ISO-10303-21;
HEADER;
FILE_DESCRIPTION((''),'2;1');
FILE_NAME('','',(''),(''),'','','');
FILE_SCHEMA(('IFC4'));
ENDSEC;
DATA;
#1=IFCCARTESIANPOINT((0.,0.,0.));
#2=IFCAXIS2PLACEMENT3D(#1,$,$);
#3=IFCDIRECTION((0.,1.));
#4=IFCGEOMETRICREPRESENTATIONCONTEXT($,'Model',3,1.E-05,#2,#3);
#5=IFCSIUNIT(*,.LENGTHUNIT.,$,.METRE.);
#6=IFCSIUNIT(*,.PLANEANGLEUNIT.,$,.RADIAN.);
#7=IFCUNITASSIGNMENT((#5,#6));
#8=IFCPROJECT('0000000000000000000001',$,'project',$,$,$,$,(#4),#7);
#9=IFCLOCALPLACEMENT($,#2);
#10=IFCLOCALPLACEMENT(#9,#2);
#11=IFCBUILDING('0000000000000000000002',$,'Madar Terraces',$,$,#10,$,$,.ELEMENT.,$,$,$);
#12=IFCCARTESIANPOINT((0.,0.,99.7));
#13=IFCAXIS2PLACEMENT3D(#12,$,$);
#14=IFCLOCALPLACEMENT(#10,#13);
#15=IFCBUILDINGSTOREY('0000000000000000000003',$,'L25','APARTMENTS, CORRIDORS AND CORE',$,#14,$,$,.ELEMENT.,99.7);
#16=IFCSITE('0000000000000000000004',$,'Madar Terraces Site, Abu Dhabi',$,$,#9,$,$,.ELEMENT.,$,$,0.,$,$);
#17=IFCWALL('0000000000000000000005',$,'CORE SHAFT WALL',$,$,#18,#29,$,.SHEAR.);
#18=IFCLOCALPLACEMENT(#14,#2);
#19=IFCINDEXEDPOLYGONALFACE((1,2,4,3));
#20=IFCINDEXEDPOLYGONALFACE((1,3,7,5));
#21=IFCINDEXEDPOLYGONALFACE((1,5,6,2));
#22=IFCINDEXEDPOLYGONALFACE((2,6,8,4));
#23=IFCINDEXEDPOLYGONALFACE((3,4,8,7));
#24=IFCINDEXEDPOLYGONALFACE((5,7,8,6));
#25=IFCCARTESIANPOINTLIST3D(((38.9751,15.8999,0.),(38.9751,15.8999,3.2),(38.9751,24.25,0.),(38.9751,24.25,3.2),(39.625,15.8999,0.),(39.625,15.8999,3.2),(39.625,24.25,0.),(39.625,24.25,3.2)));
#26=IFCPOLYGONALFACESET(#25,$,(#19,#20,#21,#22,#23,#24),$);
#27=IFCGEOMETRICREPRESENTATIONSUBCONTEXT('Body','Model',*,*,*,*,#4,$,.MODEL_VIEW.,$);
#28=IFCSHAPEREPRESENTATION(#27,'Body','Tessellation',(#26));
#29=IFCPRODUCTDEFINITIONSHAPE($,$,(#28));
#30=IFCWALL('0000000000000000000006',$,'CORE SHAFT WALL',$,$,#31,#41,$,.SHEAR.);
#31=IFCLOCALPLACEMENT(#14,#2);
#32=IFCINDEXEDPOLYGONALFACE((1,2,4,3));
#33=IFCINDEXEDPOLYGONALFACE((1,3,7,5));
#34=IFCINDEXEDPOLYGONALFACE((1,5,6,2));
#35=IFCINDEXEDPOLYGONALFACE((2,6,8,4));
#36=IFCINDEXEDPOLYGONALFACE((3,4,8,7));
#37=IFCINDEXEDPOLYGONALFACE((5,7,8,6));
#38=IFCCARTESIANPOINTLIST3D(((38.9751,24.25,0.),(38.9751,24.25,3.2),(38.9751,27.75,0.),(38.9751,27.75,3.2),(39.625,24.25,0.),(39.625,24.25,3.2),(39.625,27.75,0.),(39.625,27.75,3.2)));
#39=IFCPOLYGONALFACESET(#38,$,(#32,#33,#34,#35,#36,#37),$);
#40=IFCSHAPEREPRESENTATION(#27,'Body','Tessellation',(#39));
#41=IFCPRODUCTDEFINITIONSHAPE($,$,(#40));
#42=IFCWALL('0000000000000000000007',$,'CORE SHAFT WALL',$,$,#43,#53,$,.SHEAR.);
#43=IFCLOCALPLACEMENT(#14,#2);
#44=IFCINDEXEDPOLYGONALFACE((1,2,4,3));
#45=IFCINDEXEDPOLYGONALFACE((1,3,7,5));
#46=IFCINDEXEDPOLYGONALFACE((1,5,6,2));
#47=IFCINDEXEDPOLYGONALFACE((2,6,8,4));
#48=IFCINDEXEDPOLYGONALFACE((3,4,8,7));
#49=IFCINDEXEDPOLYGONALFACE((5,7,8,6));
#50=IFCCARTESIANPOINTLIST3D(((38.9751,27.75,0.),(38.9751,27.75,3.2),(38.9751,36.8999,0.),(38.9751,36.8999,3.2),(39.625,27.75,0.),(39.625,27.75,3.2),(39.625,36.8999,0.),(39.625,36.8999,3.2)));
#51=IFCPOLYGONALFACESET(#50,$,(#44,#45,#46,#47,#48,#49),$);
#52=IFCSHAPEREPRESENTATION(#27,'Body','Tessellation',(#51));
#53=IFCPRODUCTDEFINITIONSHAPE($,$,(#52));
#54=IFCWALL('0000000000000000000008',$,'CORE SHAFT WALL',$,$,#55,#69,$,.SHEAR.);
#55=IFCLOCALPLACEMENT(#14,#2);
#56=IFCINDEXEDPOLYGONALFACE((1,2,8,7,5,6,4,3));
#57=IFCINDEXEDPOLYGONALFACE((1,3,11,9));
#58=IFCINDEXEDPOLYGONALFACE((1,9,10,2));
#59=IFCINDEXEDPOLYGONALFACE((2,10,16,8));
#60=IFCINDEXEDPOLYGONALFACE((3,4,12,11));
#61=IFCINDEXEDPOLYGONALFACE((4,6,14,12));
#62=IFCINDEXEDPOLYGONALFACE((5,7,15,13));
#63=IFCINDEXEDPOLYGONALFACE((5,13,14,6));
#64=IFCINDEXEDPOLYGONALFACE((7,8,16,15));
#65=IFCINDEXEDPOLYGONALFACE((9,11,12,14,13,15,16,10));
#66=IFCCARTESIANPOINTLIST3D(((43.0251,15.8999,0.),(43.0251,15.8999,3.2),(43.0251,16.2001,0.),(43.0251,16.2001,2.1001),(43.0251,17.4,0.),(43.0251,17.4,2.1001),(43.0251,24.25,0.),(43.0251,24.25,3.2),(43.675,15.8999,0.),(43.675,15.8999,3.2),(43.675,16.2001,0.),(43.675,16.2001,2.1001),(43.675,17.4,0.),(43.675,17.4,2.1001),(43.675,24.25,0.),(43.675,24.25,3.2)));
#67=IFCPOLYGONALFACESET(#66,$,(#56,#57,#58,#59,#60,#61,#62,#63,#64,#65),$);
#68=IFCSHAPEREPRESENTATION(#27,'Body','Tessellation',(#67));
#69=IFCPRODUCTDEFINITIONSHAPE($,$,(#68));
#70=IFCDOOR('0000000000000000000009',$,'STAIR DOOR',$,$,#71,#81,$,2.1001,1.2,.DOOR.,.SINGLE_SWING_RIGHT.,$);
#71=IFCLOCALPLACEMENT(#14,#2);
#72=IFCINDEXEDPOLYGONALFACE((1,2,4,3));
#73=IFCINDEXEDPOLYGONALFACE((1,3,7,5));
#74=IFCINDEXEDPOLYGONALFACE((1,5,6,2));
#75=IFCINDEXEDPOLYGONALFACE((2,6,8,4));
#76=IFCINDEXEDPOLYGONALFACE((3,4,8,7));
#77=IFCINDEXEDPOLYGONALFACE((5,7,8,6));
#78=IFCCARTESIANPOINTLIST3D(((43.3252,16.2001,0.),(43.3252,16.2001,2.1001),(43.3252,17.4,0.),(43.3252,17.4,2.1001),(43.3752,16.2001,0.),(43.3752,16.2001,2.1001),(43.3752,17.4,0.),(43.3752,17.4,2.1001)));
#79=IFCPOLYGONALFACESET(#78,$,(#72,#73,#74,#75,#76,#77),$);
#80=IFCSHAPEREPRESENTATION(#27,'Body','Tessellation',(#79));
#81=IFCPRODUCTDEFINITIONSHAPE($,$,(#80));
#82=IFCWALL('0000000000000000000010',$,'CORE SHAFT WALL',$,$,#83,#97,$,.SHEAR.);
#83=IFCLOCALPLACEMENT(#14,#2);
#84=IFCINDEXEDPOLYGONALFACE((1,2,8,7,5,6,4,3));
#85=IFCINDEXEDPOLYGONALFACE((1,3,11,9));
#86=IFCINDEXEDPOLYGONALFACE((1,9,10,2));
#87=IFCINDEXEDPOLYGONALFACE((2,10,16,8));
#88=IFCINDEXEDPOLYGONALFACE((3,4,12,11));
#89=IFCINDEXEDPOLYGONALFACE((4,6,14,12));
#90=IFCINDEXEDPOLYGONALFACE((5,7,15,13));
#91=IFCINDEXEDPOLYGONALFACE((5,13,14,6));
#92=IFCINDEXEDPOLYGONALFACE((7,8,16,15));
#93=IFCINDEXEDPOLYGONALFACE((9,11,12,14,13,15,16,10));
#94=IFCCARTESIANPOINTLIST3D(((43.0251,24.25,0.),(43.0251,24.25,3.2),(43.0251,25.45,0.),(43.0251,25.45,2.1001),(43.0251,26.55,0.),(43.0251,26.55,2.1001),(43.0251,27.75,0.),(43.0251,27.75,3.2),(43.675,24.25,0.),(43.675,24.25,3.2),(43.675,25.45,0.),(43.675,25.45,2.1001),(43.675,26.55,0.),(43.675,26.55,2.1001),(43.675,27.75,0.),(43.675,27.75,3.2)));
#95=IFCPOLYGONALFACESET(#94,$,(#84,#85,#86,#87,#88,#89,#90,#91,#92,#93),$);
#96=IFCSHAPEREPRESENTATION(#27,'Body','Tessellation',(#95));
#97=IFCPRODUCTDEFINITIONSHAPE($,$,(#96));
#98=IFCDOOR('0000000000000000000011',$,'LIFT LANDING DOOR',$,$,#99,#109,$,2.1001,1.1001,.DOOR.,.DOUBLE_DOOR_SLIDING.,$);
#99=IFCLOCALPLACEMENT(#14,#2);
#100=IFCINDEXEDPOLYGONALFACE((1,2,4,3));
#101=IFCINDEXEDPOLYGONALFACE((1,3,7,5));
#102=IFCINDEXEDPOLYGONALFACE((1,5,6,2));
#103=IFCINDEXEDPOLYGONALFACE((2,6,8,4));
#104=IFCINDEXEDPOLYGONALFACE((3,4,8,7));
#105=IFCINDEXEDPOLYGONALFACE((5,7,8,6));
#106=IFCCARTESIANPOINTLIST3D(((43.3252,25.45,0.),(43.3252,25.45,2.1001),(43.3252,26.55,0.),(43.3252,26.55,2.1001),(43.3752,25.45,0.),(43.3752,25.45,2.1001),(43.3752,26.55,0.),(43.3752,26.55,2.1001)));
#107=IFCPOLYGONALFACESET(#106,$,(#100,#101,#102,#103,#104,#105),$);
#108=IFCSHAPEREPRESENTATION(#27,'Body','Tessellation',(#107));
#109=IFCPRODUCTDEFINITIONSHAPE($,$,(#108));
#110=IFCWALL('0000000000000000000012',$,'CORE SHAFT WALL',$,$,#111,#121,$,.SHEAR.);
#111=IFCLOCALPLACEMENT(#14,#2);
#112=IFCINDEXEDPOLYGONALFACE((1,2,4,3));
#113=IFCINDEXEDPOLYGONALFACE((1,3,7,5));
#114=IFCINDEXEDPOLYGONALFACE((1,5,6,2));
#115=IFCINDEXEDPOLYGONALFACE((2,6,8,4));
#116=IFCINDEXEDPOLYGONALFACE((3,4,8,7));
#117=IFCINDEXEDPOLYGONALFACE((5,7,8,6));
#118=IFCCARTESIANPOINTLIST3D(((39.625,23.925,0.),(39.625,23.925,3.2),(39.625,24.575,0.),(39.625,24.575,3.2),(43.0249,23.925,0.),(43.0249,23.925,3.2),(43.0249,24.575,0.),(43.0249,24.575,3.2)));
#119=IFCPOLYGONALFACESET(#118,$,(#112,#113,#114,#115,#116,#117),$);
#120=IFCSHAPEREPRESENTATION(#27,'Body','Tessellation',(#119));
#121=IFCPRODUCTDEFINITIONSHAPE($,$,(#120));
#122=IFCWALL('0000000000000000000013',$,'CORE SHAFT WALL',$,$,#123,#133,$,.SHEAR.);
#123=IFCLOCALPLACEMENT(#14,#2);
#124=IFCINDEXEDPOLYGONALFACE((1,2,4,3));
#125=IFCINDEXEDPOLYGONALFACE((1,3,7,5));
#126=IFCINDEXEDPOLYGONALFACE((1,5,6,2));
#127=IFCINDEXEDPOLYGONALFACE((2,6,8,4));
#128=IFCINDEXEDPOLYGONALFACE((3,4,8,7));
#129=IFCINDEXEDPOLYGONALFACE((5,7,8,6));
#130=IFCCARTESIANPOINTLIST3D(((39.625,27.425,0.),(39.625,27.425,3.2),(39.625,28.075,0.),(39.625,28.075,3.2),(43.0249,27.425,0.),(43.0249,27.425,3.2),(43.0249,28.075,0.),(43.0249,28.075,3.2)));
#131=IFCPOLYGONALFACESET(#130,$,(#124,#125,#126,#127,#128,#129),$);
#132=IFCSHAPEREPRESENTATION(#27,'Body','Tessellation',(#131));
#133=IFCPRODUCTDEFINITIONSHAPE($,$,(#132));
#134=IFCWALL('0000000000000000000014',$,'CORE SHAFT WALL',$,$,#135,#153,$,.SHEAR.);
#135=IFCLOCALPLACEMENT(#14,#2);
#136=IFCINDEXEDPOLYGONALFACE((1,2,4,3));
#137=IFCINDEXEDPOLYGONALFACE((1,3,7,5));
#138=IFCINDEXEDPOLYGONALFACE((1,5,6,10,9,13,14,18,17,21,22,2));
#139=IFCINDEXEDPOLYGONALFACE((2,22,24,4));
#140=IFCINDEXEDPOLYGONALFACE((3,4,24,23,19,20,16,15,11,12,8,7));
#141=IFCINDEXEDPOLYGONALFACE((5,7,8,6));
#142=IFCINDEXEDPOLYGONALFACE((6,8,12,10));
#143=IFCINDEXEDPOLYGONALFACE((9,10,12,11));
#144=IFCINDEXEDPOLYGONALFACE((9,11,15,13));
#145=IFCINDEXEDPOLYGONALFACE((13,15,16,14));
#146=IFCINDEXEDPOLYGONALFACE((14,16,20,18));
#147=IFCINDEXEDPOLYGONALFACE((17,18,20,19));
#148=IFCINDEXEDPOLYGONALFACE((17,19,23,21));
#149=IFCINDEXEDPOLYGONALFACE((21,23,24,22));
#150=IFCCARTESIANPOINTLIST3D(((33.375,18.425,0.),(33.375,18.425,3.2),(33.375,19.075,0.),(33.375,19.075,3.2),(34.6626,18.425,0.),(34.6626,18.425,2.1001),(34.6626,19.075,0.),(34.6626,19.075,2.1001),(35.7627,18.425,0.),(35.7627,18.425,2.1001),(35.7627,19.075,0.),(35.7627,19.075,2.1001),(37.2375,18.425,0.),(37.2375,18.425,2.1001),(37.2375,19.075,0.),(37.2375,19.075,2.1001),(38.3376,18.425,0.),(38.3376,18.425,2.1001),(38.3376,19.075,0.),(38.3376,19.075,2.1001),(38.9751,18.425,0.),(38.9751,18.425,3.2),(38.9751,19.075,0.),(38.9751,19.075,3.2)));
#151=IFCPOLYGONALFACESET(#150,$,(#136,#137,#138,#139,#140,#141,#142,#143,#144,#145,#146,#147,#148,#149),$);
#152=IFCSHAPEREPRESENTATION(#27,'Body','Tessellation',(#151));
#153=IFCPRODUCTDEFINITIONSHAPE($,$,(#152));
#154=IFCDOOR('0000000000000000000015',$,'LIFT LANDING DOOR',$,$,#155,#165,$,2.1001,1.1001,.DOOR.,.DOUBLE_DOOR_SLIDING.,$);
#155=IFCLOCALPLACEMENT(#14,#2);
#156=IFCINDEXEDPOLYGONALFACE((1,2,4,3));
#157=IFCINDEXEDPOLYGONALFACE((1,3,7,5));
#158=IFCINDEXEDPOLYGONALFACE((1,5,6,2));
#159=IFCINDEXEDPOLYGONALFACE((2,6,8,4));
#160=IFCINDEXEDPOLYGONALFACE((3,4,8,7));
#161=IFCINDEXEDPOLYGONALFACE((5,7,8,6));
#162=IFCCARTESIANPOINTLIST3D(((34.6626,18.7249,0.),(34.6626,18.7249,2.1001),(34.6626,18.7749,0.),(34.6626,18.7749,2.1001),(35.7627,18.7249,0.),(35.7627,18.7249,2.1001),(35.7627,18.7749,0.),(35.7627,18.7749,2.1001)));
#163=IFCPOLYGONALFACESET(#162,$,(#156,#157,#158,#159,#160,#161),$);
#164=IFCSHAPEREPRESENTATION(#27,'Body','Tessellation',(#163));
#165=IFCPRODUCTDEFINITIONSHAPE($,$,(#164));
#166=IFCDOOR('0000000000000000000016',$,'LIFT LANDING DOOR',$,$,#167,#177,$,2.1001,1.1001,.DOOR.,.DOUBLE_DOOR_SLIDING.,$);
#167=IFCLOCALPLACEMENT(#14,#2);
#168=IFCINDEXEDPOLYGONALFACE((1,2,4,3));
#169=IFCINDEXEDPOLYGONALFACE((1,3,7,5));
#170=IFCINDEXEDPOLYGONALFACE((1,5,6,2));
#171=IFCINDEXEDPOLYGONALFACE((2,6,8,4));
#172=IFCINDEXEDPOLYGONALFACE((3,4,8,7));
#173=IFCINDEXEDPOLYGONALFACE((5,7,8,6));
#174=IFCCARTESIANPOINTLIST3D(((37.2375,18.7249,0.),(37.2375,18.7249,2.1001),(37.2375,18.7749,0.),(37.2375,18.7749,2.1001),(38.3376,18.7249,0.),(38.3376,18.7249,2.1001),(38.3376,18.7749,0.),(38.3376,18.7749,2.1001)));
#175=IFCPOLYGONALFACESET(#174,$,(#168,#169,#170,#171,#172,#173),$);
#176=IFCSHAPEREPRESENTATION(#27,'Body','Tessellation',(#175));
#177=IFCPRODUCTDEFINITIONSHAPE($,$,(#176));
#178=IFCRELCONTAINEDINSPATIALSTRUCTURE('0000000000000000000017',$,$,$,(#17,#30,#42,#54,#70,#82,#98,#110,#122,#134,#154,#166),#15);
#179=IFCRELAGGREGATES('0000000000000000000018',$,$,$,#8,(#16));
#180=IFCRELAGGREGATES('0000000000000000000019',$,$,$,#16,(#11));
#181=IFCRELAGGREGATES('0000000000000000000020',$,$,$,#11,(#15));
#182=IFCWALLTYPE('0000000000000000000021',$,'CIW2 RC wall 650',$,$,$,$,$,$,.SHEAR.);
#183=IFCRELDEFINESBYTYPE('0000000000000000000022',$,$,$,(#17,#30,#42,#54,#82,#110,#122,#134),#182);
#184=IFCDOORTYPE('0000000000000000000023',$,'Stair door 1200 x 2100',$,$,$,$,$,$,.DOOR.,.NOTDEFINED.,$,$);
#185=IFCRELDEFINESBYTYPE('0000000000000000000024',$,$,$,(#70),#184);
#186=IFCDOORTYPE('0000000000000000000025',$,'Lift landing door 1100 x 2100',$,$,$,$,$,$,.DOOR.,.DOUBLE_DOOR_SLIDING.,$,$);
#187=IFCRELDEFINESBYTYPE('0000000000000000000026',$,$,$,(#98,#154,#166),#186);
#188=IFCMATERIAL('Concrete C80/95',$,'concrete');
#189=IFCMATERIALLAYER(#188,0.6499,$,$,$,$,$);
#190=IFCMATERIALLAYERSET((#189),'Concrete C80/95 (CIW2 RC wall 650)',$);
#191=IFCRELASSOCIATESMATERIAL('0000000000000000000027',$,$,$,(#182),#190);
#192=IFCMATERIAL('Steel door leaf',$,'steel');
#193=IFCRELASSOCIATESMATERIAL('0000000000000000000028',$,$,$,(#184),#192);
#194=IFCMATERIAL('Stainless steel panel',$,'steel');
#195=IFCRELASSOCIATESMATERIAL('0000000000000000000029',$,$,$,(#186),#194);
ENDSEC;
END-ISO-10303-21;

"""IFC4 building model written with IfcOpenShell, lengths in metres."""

from ifc_helpers import new_model, si_unit, direction, frame, frame_2d, origin, place, context, subcontext, project, spatial, rectangle, extrude, material, layer, layer_set, type_object, element, fill, save


model = new_model("IFC4")

# Units and contexts
model_context = context("Model", 3, precision=1e-05, world=origin(), true_north=direction((0.0, 1.0)))
body_context = subcontext(model_context, "Body", "Model", "MODEL_VIEW")
ifc_project = project(units=[si_unit("LENGTHUNIT", "METRE"), si_unit("PLANEANGLEUNIT", "RADIAN")], contexts=[model_context])

# Site, building, storey
site_placement = place(None, origin())
site = spatial("IfcSite", under=ifc_project, at=site_placement, Name="Madar Terraces Site, Abu Dhabi", CompositionType="ELEMENT", RefElevation=0.0)
building_placement = place(site_placement, origin())
building = spatial("IfcBuilding", under=site, at=building_placement, Name="Madar Terraces", CompositionType="ELEMENT")
storey_placement = place(building_placement, frame((0.0, 0.0, 99.7)))
storey = spatial("IfcBuildingStorey", under=building, at=storey_placement, Name="L25", Description="APARTMENTS, CORRIDORS AND CORE", CompositionType="ELEMENT", Elevation=99.7)

# Walls
ifc_material_1 = material(Name="Concrete C80/95", Category="concrete")
ifc_layer_1 = layer(ifc_material_1, 0.6499)
ifc_layer_set_1 = layer_set([ifc_layer_1], Name="Concrete C80/95 (CIW2 RC wall 650)")
wall_type_1 = type_object("IfcWallType", Name="CIW2 RC wall 650", PredefinedType="SHEAR", material=ifc_layer_set_1)
wall_1_placement = place(storey_placement, frame((39.3, 15.8999, 0.0), z_axis=(0.0, 0.0, 1.0), x_axis=(0.0, 1.0, 0.0)))
element("IfcWall", 1, at=wall_1_placement, inside=storey, type_object=wall_type_1, Name="CORE SHAFT WALL", PredefinedType="SHEAR", context=body_context, shape_type="SweptSolid", body=[
    extrude(rectangle(XDim=8.3501, YDim=0.6499, at=frame_2d((4.175, 0.0))), origin(), (0.0, 0.0, 1.0), 3.2),
])
wall_2_placement = place(storey_placement, frame((39.3, 24.25, 0.0), z_axis=(0.0, 0.0, 1.0), x_axis=(0.0, 1.0, 0.0)))
element("IfcWall", 2, at=wall_2_placement, inside=storey, type_object=wall_type_1, Name="CORE SHAFT WALL", PredefinedType="SHEAR", context=body_context, shape_type="SweptSolid", body=[
    extrude(rectangle(XDim=3.5, YDim=0.6499, at=frame_2d((1.75, 0.0))), origin(), (0.0, 0.0, 1.0), 3.2),
])
wall_3_placement = place(storey_placement, frame((39.3, 27.75, 0.0), z_axis=(0.0, 0.0, 1.0), x_axis=(0.0, 1.0, 0.0)))
element("IfcWall", 3, at=wall_3_placement, inside=storey, type_object=wall_type_1, Name="CORE SHAFT WALL", PredefinedType="SHEAR", context=body_context, shape_type="SweptSolid", body=[
    extrude(rectangle(XDim=9.1499, YDim=0.6499, at=frame_2d((4.575, 0.0))), origin(), (0.0, 0.0, 1.0), 3.2),
])

# Walls, openings, doors
wall_4_placement = place(storey_placement, frame((43.3501, 15.8999, 0.0), z_axis=(0.0, 0.0, 1.0), x_axis=(0.0, 1.0, 0.0)))
wall_4 = element("IfcWall", 4, at=wall_4_placement, inside=storey, type_object=wall_type_1, Name="CORE SHAFT WALL", PredefinedType="SHEAR", context=body_context, shape_type="SweptSolid", body=[
    extrude(rectangle(XDim=8.3501, YDim=0.6499, at=frame_2d((4.175, 0.0))), origin(), (0.0, 0.0, 1.0), 3.2),
])
opening_1_placement = place(wall_4_placement, frame((0.3, 0.0, 0.0)))
opening_1 = element("IfcOpeningElement", 5, at=opening_1_placement, cuts=wall_4, PredefinedType="OPENING", context=body_context, shape_type="SweptSolid", body=[
    extrude(rectangle(XDim=1.2, YDim=2.1001, at=frame_2d((0.6001, 1.05))), frame((0.0, 0.335, 0.0), z_axis=(0.0, -1.0, 0.0), x_axis=(1.0, 0.0, 0.0)), (0.0, 0.0, 1.0), 0.6699),
])
ifc_material_2 = material(Name="Steel door leaf", Category="steel")
door_type_1 = type_object("IfcDoorType", Name="Stair door 1200 x 2100", OperationType="NOTDEFINED", PredefinedType="DOOR", material=ifc_material_2)
door_1_placement = place(opening_1_placement, origin())
door_1 = element("IfcDoor", 6, at=door_1_placement, inside=storey, type_object=door_type_1, Name="STAIR DOOR", OperationType="SINGLE_SWING_RIGHT", OverallHeight=2.1001, OverallWidth=1.2, PredefinedType="DOOR", context=body_context, shape_type="SweptSolid", body=[
    extrude(rectangle(XDim=1.2, YDim=2.1001, at=frame_2d((0.6001, 1.05))), frame((0.0, 0.0249, 0.0), z_axis=(0.0, -1.0, 0.0), x_axis=(1.0, 0.0, 0.0)), (0.0, 0.0, 1.0), 0.05),
])
fill(opening_1, door_1)
wall_5_placement = place(storey_placement, frame((43.3501, 24.25, 0.0), z_axis=(0.0, 0.0, 1.0), x_axis=(0.0, 1.0, 0.0)))
wall_5 = element("IfcWall", 7, at=wall_5_placement, inside=storey, type_object=wall_type_1, Name="CORE SHAFT WALL", PredefinedType="SHEAR", context=body_context, shape_type="SweptSolid", body=[
    extrude(rectangle(XDim=3.5, YDim=0.6499, at=frame_2d((1.75, 0.0))), origin(), (0.0, 0.0, 1.0), 3.2),
])
opening_2_placement = place(wall_5_placement, frame((1.2, 0.0, 0.0)))
opening_2 = element("IfcOpeningElement", 8, at=opening_2_placement, cuts=wall_5, PredefinedType="OPENING", context=body_context, shape_type="SweptSolid", body=[
    extrude(rectangle(XDim=1.1001, YDim=2.1001, at=frame_2d((0.55, 1.05))), frame((0.0, 0.335, 0.0), z_axis=(0.0, -1.0, 0.0), x_axis=(1.0, 0.0, 0.0)), (0.0, 0.0, 1.0), 0.6699),
])
ifc_material_3 = material(Name="Stainless steel panel", Category="steel")
door_type_2 = type_object("IfcDoorType", Name="Lift landing door 1100 x 2100", OperationType="DOUBLE_DOOR_SLIDING", PredefinedType="DOOR", material=ifc_material_3)
door_2_placement = place(opening_2_placement, origin())
door_2 = element("IfcDoor", 9, at=door_2_placement, inside=storey, type_object=door_type_2, Name="LIFT LANDING DOOR", OperationType="DOUBLE_DOOR_SLIDING", OverallHeight=2.1001, OverallWidth=1.1001, PredefinedType="DOOR", context=body_context, shape_type="SweptSolid", body=[
    extrude(rectangle(XDim=1.1001, YDim=2.1001, at=frame_2d((0.55, 1.05))), frame((0.0, 0.0249, 0.0), z_axis=(0.0, -1.0, 0.0), x_axis=(1.0, 0.0, 0.0)), (0.0, 0.0, 1.0), 0.05),
])
fill(opening_2, door_2)

# Walls
for number, where, z_axis, x_axis, name in (
    (10, (39.625, 24.25, 0.0), (0.0, 0.0, 1.0), (1.0, 0.0, 0.0), "CORE SHAFT WALL"),
    (11, (39.625, 27.75, 0.0), (0.0, 0.0, 1.0), (1.0, 0.0, 0.0), "CORE SHAFT WALL"),
):
    element("IfcWall", number, at=place(storey_placement, frame(where, z_axis=z_axis, x_axis=x_axis)), inside=storey, type_object=wall_type_1, Name=name, PredefinedType="SHEAR", context=body_context, shape_type="SweptSolid", body=[
        extrude(rectangle(XDim=3.3999, YDim=0.6499, at=frame_2d((1.7, 0.0))), origin(), (0.0, 0.0, 1.0), 3.2),
    ])

# Wall, openings, doors
wall_6_placement = place(storey_placement, frame((33.375, 18.75, 0.0), z_axis=(0.0, 0.0, 1.0), x_axis=(1.0, 0.0, 0.0)))
wall_6 = element("IfcWall", 12, at=wall_6_placement, inside=storey, type_object=wall_type_1, Name="CORE SHAFT WALL", PredefinedType="SHEAR", context=body_context, shape_type="SweptSolid", body=[
    extrude(rectangle(XDim=5.6001, YDim=0.6499, at=frame_2d((2.8, 0.0))), origin(), (0.0, 0.0, 1.0), 3.2),
])
opening_3_placement = place(wall_6_placement, frame((1.2876, 0.0, 0.0)))
opening_3 = element("IfcOpeningElement", 13, at=opening_3_placement, cuts=wall_6, PredefinedType="OPENING", context=body_context, shape_type="SweptSolid", body=[
    extrude(rectangle(XDim=1.1001, YDim=2.1001, at=frame_2d((0.55, 1.05))), frame((0.0, 0.335, 0.0), z_axis=(0.0, -1.0, 0.0), x_axis=(1.0, 0.0, 0.0)), (0.0, 0.0, 1.0), 0.6699),
])
opening_4_placement = place(wall_6_placement, frame((3.8625, 0.0, 0.0)))
opening_4 = element("IfcOpeningElement", 14, at=opening_4_placement, cuts=wall_6, PredefinedType="OPENING", context=body_context, shape_type="SweptSolid", body=[
    extrude(rectangle(XDim=1.1001, YDim=2.1001, at=frame_2d((0.55, 1.05))), frame((0.0, 0.335, 0.0), z_axis=(0.0, -1.0, 0.0), x_axis=(1.0, 0.0, 0.0)), (0.0, 0.0, 1.0), 0.6699),
])
door_3_placement = place(opening_3_placement, origin())
door_3 = element("IfcDoor", 15, at=door_3_placement, inside=storey, type_object=door_type_2, Name="LIFT LANDING DOOR", OperationType="DOUBLE_DOOR_SLIDING", OverallHeight=2.1001, OverallWidth=1.1001, PredefinedType="DOOR", context=body_context, shape_type="SweptSolid", body=[
    extrude(rectangle(XDim=1.1001, YDim=2.1001, at=frame_2d((0.55, 1.05))), frame((0.0, 0.0249, 0.0), z_axis=(0.0, -1.0, 0.0), x_axis=(1.0, 0.0, 0.0)), (0.0, 0.0, 1.0), 0.05),
])
fill(opening_3, door_3)
door_4_placement = place(opening_4_placement, origin())
door_4 = element("IfcDoor", 16, at=door_4_placement, inside=storey, type_object=door_type_2, Name="LIFT LANDING DOOR", OperationType="DOUBLE_DOOR_SLIDING", OverallHeight=2.1001, OverallWidth=1.1001, PredefinedType="DOOR", context=body_context, shape_type="SweptSolid", body=[
    extrude(rectangle(XDim=1.1001, YDim=2.1001, at=frame_2d((0.55, 1.05))), frame((0.0, 0.0249, 0.0), z_axis=(0.0, -1.0, 0.0), x_axis=(1.0, 0.0, 0.0)), (0.0, 0.0, 1.0), 0.05),
])
fill(opening_4, door_4)

save(model, "model.ifc")
